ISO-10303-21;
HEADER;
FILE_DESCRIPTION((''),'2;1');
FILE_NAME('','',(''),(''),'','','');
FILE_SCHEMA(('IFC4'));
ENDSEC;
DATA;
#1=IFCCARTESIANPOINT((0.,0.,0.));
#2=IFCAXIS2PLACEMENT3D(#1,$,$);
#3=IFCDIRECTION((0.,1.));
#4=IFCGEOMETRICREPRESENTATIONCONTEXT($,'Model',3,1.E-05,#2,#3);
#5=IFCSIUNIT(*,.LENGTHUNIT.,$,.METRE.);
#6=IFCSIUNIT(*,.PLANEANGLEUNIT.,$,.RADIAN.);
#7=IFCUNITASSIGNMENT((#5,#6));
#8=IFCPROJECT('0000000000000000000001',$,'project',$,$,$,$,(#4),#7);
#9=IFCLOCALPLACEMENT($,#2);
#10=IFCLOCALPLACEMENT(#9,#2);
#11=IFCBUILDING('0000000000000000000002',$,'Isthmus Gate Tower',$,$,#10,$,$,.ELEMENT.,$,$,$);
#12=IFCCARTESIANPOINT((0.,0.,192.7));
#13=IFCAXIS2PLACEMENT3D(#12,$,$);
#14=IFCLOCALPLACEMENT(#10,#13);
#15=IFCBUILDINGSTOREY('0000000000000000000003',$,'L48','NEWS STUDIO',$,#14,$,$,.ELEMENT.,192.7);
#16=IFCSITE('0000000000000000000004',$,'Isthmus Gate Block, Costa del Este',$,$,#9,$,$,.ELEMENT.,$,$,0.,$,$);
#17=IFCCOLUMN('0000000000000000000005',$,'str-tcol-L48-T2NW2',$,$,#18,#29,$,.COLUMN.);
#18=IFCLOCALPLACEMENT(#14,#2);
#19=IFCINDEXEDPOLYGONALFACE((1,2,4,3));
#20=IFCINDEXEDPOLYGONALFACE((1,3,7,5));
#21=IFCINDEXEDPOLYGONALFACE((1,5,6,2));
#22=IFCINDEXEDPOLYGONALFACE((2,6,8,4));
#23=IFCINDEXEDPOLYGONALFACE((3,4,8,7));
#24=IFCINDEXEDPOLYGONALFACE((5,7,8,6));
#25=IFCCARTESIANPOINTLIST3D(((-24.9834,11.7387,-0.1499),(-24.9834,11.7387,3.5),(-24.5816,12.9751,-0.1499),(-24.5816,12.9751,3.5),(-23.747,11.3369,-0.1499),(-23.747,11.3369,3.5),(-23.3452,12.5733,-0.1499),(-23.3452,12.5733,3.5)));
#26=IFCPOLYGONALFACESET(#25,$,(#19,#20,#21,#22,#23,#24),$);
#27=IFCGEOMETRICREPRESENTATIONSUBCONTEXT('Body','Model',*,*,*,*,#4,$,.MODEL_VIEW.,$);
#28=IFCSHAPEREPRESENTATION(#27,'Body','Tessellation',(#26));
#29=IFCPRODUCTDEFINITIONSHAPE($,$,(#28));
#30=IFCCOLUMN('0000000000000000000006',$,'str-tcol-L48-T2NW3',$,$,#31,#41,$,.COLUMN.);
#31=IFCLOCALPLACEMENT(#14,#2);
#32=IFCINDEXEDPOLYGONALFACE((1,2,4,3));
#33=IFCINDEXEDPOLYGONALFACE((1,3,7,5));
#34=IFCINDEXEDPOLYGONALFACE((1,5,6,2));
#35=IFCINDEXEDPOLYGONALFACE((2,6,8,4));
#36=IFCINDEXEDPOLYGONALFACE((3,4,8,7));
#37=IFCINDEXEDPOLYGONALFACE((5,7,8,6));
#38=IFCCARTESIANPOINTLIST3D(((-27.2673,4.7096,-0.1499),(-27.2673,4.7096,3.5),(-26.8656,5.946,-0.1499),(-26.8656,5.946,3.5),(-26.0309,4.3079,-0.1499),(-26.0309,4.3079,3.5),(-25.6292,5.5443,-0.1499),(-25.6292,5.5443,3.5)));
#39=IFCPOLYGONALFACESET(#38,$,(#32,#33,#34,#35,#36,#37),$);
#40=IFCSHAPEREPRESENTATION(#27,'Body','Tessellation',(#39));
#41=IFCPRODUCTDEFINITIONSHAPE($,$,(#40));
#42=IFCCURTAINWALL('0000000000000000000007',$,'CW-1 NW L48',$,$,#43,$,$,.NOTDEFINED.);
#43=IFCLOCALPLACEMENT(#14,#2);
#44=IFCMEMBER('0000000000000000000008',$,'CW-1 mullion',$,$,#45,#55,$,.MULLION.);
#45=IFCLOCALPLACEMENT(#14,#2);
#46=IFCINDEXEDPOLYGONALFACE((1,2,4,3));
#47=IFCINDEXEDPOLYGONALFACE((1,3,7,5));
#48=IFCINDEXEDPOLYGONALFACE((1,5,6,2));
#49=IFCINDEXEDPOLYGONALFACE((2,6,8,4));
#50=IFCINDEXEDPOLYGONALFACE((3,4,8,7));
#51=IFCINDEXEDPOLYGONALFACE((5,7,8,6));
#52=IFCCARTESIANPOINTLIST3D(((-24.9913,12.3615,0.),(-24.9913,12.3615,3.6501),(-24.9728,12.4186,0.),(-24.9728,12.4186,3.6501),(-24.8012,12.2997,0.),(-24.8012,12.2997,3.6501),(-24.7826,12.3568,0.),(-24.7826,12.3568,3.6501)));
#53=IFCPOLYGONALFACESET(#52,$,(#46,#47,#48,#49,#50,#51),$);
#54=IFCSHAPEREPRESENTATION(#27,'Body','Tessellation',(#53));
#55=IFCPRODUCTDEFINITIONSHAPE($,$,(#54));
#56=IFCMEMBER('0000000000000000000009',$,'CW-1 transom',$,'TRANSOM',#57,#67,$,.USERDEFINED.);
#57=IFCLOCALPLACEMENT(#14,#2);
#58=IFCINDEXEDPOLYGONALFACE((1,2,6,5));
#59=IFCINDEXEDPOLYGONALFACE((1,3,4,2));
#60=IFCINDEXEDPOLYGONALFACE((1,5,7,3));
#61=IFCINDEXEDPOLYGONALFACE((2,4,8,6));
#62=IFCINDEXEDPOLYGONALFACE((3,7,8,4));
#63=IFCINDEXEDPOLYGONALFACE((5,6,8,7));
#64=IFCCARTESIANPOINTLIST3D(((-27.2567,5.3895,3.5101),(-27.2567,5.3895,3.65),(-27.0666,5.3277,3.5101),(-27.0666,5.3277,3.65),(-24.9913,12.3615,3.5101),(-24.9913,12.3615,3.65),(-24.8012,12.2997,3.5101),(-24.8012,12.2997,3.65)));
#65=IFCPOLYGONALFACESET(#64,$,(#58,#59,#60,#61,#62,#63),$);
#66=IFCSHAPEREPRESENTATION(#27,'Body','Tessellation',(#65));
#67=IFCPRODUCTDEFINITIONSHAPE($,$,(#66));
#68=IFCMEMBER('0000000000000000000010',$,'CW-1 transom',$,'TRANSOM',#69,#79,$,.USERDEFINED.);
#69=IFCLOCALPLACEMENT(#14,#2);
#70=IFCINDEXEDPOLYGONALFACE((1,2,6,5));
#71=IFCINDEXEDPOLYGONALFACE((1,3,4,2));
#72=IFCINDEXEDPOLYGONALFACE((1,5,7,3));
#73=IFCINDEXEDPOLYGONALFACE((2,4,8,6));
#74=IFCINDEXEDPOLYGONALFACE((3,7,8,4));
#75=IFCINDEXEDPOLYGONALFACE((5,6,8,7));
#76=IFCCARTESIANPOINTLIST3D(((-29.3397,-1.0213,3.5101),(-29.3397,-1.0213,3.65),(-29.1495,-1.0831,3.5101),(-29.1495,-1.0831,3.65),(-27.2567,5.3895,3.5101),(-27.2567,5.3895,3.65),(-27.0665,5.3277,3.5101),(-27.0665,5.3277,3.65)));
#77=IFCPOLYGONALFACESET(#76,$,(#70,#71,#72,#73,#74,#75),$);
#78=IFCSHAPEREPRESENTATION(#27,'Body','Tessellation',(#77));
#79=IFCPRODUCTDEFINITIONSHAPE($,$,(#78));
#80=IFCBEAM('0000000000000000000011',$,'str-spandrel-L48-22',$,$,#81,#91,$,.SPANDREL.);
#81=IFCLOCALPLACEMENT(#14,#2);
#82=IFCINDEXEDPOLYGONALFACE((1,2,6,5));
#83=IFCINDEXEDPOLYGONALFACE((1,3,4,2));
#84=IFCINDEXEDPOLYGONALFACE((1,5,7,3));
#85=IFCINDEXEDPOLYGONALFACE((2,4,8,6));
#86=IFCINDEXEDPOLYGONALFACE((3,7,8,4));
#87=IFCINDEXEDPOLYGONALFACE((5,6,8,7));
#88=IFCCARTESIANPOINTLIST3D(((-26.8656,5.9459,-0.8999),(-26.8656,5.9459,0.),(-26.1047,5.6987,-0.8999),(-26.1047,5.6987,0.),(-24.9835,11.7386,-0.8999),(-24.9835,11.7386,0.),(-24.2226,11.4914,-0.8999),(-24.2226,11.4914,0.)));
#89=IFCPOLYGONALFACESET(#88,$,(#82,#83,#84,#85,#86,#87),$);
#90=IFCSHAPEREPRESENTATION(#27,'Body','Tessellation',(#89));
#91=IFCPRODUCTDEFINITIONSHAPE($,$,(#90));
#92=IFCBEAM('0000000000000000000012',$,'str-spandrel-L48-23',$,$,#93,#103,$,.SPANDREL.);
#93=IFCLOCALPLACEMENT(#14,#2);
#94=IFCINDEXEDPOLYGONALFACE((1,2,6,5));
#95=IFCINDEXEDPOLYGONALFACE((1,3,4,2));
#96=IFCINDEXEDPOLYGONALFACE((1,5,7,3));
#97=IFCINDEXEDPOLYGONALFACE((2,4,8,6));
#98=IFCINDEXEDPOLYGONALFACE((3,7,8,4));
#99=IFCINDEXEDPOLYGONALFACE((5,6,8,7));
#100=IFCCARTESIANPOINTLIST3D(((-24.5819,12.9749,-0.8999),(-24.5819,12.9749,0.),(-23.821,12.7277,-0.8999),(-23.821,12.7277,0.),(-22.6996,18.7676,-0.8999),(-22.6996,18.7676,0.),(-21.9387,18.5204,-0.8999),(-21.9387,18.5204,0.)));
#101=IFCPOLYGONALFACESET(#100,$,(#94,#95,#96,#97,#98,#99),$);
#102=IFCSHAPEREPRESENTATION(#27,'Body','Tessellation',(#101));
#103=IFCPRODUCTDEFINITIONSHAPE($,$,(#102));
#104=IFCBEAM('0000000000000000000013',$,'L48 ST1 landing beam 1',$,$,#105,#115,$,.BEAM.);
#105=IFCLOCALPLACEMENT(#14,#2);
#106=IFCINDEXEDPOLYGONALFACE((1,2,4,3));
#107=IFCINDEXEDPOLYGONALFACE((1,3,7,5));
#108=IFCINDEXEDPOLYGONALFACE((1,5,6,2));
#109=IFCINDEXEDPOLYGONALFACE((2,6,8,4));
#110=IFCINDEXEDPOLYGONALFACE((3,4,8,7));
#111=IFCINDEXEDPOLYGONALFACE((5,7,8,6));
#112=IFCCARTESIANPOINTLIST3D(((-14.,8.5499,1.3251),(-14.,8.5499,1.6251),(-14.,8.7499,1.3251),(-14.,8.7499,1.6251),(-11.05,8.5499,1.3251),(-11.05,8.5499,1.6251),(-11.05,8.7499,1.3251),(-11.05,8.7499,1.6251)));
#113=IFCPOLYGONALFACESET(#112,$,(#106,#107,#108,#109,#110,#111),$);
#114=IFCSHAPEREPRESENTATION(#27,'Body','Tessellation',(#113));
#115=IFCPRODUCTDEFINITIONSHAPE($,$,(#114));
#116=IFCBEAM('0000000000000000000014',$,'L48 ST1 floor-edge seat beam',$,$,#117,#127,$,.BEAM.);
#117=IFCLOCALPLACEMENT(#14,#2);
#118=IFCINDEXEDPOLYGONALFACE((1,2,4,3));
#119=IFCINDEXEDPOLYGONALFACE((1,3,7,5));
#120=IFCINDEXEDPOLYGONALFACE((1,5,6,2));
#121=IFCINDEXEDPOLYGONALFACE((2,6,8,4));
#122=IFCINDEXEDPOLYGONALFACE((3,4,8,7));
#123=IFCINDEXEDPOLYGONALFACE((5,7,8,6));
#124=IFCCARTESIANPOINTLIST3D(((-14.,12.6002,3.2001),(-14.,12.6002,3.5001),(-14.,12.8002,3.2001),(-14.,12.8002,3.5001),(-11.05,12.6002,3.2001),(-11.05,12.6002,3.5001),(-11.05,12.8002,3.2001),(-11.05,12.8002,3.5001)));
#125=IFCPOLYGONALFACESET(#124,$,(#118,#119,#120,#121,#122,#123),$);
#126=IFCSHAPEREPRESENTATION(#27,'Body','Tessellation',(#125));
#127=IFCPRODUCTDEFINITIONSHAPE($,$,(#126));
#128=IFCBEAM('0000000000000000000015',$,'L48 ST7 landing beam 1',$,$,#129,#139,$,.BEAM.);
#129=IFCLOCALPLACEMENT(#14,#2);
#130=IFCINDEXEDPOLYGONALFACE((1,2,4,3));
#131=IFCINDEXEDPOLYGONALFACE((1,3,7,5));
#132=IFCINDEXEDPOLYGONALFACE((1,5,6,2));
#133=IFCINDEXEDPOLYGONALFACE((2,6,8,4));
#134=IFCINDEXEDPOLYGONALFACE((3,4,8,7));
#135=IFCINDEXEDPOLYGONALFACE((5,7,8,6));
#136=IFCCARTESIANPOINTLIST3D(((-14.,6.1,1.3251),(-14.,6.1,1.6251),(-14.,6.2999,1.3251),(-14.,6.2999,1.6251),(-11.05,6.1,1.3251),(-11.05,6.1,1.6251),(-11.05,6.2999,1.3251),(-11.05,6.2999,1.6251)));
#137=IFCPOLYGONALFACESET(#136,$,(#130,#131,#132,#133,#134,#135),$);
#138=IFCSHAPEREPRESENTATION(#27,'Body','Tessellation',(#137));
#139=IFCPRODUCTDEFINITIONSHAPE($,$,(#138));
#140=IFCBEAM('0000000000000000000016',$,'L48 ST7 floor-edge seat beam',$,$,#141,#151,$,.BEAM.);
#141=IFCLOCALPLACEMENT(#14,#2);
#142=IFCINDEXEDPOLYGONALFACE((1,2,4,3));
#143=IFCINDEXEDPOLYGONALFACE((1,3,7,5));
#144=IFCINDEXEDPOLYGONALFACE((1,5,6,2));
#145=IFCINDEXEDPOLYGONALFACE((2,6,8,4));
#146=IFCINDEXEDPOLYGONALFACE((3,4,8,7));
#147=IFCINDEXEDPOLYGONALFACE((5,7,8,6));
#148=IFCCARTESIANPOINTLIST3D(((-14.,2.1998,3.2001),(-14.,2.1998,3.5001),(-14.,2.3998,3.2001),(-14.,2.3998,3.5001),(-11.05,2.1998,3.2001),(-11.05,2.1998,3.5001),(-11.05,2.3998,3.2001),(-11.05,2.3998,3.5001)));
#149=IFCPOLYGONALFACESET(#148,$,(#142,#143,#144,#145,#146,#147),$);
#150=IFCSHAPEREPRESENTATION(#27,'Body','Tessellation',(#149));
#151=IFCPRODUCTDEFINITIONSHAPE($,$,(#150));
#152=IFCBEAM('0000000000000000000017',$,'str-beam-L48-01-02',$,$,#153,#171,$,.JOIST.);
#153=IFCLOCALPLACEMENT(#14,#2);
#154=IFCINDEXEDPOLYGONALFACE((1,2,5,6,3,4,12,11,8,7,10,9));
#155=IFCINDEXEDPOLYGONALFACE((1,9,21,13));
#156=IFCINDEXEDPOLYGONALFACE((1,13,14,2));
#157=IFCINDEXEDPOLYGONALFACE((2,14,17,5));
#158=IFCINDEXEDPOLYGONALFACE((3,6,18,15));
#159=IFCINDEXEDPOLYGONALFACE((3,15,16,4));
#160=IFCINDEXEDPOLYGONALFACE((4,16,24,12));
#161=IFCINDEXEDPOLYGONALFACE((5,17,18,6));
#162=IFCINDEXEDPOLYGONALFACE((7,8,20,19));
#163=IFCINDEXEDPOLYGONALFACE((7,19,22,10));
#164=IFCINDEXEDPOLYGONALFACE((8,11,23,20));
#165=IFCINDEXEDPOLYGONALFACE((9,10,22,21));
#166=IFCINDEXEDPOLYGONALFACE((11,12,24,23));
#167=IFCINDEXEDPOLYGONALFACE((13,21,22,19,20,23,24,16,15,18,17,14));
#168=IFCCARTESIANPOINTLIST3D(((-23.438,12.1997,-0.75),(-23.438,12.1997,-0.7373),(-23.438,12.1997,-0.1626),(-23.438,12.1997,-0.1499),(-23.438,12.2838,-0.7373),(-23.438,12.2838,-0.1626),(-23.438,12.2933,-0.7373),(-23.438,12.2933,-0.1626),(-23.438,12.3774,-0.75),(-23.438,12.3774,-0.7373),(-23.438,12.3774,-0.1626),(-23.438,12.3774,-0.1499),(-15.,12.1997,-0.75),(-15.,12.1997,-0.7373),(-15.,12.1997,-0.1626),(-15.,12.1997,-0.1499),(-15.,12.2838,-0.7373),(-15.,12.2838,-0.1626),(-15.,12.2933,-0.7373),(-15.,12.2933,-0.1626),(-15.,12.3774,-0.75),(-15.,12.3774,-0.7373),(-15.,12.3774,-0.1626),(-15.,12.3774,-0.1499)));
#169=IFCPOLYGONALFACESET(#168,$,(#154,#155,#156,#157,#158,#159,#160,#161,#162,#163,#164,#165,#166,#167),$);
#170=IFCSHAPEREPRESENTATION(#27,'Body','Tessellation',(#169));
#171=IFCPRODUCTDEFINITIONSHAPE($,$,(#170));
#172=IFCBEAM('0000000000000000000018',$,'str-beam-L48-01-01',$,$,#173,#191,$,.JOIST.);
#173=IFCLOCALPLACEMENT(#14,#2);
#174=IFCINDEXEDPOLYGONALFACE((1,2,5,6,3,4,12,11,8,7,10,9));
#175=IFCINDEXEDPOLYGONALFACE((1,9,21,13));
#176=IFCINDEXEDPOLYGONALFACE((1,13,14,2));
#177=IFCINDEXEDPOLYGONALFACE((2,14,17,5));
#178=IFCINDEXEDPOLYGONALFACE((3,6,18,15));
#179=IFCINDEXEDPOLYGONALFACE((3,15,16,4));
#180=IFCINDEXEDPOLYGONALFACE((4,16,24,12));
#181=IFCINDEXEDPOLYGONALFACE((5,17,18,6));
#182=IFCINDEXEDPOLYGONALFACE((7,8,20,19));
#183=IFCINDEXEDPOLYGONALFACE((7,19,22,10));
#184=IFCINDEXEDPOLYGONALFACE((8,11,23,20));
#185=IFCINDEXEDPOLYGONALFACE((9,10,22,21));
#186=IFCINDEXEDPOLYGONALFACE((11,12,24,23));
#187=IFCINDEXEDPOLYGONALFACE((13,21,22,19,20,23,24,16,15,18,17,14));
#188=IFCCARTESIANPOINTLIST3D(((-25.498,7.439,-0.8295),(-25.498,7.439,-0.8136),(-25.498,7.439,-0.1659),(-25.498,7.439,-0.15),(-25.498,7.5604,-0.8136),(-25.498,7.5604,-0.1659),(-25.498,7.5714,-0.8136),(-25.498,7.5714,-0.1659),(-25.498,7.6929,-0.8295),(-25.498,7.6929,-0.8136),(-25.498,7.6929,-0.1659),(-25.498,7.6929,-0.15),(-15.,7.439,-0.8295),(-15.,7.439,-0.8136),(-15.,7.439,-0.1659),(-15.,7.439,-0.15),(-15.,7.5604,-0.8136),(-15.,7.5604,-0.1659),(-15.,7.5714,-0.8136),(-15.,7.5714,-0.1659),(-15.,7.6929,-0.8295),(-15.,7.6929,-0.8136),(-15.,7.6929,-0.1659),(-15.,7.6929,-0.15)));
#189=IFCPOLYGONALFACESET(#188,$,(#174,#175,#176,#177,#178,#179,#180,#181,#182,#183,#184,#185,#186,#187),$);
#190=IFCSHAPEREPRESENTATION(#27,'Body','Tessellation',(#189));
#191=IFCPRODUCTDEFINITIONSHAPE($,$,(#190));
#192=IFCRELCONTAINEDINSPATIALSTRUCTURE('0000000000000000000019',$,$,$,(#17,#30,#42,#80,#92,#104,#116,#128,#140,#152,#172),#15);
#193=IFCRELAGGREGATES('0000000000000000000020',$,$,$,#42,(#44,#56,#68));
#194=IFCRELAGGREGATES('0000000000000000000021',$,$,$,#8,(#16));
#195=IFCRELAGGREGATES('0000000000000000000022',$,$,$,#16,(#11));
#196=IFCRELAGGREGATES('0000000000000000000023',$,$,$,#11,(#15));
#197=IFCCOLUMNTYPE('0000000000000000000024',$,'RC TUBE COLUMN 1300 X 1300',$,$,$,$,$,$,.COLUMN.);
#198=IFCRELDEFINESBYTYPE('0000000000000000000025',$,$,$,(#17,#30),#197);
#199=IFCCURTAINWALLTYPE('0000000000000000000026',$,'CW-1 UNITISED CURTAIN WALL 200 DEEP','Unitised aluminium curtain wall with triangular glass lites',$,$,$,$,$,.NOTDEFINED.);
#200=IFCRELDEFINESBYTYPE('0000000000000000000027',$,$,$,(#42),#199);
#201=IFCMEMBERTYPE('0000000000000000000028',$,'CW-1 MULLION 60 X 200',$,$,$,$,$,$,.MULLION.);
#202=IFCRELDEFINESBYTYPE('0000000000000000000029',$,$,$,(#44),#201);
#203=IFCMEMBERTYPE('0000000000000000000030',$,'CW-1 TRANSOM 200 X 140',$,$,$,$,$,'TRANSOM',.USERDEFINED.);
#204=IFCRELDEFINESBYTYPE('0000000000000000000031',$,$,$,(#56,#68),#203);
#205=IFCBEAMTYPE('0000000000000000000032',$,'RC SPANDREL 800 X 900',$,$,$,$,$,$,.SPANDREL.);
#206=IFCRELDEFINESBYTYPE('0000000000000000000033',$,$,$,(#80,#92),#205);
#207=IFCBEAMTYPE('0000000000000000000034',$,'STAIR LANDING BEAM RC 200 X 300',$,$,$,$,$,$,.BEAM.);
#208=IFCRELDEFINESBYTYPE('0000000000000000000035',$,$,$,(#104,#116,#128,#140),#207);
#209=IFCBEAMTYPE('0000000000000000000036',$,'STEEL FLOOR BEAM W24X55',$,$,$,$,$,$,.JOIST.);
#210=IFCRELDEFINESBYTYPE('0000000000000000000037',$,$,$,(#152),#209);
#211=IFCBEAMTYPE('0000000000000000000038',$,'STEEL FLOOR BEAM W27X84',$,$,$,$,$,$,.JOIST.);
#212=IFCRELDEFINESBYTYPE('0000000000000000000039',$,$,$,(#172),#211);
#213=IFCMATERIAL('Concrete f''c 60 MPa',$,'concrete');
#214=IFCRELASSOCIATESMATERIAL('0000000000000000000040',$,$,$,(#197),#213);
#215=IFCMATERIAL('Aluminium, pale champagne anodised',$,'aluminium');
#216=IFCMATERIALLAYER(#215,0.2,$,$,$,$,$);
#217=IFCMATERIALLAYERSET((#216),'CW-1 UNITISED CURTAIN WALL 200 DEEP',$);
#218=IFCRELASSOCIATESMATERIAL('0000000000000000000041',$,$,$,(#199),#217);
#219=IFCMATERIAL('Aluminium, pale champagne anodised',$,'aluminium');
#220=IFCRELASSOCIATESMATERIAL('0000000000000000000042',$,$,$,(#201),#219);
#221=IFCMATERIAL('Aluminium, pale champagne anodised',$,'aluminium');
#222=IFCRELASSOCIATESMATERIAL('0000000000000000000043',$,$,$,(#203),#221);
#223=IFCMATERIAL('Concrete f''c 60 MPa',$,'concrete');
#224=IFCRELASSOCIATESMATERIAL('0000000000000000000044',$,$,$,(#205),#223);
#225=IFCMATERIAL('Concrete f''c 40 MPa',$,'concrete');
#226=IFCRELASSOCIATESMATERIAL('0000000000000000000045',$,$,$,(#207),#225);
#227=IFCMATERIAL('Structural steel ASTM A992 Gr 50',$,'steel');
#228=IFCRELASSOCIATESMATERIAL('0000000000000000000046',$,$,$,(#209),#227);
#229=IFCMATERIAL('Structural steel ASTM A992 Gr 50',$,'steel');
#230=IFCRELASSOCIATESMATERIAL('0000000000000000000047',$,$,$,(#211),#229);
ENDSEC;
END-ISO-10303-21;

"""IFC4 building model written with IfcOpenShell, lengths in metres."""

from ifc_helpers import new_model, si_unit, direction, frame, origin, origin_2d, place, context, subcontext, project, spatial, rectangle, i_section, extrude, material, layer, layer_set, material_profile, profile_set, type_object, element, aggregate, save


model = new_model("IFC4")

# Units and contexts
model_context = context("Model", 3, precision=1e-05, world=origin(), true_north=direction((0.0, 1.0)))
body_context = subcontext(model_context, "Body", "Model", "MODEL_VIEW")
ifc_project = project(units=[si_unit("LENGTHUNIT", "METRE"), si_unit("PLANEANGLEUNIT", "RADIAN")], contexts=[model_context])

# Site, building, storey
site_placement = place(None, origin())
site = spatial("IfcSite", under=ifc_project, at=site_placement, Name="Isthmus Gate Block, Costa del Este", CompositionType="ELEMENT", RefElevation=0.0)
building_placement = place(site_placement, origin())
building = spatial("IfcBuilding", under=site, at=building_placement, Name="Isthmus Gate Tower", CompositionType="ELEMENT")
storey_placement = place(building_placement, frame((0.0, 0.0, 192.7)))
storey = spatial("IfcBuildingStorey", under=building, at=storey_placement, Name="L48", Description="NEWS STUDIO", CompositionType="ELEMENT", Elevation=192.7)

# Columns
ifc_material_1 = material(Name="Concrete f'c 60 MPa", Category="concrete")
ifc_material_profile_1 = material_profile(ifc_material_1, rectangle(XDim=1.3, YDim=1.3, at=origin_2d()), Name="RC 1300X1300")
ifc_profile_set_1 = profile_set([ifc_material_profile_1], Name="Concrete f'c 60 MPa")
column_type = type_object("IfcColumnType", Name="RC TUBE COLUMN 1300 X 1300", PredefinedType="COLUMN", material=ifc_profile_set_1)
for number, where, z_axis, x_axis, name in (
    (1, (-24.1643, 12.156, -0.1499), (0.0, 0.0, 1.0), (-0.309017, -0.951057, 0.0), "str-tcol-L48-T2NW2"),
    (2, (-26.4482, 5.127, -0.1499), (0.0, 0.0, 1.0), (-0.309017, -0.951057, 0.0), "str-tcol-L48-T2NW3"),
):
    element("IfcColumn", number, at=place(storey_placement, frame(where, z_axis=z_axis, x_axis=x_axis)), inside=storey, type_object=column_type, Name=name, PredefinedType="COLUMN", context=body_context, shape_type="SweptSolid", body=[
        extrude(rectangle(XDim=1.3, YDim=1.3, at=origin_2d()), origin(), (0.0, 0.0, 1.0), 3.6499),
    ])

# Curtain wall, members
ifc_material_2 = material(Name="Aluminium, pale champagne anodised", Category="aluminium")
ifc_layer_1 = layer(ifc_material_2, 0.2)
ifc_layer_set_1 = layer_set([ifc_layer_1], Name="CW-1 UNITISED CURTAIN WALL 200 DEEP")
curtain_wall_type = type_object("IfcCurtainWallType", Name="CW-1 UNITISED CURTAIN WALL 200 DEEP", Description="Unitised aluminium curtain wall with triangular glass lites", PredefinedType="NOTDEFINED", material=ifc_layer_set_1)
curtain_wall_placement = place(storey_placement, origin())
curtain_wall = element("IfcCurtainWall", 3, at=curtain_wall_placement, inside=storey, type_object=curtain_wall_type, Name="CW-1 NW L48", PredefinedType="NOTDEFINED")
ifc_material_3 = material(Name="Aluminium, pale champagne anodised", Category="aluminium")
ifc_material_profile_2 = material_profile(ifc_material_3, rectangle(XDim=0.0601, YDim=0.2, at=origin_2d()), Name="60x200")
ifc_profile_set_2 = profile_set([ifc_material_profile_2], Name="Aluminium, pale champagne anodised")
member_type_1 = type_object("IfcMemberType", Name="CW-1 MULLION 60 X 200", PredefinedType="MULLION", material=ifc_profile_set_2)
member_1_placement = place(storey_placement, frame((-24.887, 12.3591, 0.0), z_axis=(0.0, 0.0, 1.0), x_axis=(-0.309017, -0.951057, 0.0)))
member_1 = element("IfcMember", 4, at=member_1_placement, type_object=member_type_1, Name="CW-1 mullion", PredefinedType="MULLION", context=body_context, shape_type="SweptSolid", body=[
    extrude(rectangle(XDim=0.0601, YDim=0.2, at=origin_2d()), origin(), (0.0, 0.0, 1.0), 3.6501),
])
ifc_material_4 = material(Name="Aluminium, pale champagne anodised", Category="aluminium")
ifc_material_profile_3 = material_profile(ifc_material_4, rectangle(XDim=0.2, YDim=0.1399, at=origin_2d()), Name="200x140")
ifc_profile_set_3 = profile_set([ifc_material_profile_3], Name="Aluminium, pale champagne anodised")
member_type_2 = type_object("IfcMemberType", Name="CW-1 TRANSOM 200 X 140", ElementType="TRANSOM", PredefinedType="USERDEFINED", material=ifc_profile_set_3)
member_2_placement = place(storey_placement, frame((-24.8962, 12.3306, 3.5801), z_axis=(-0.309025, -0.951054, 0.0), x_axis=(0.951054, -0.309025, 0.0)))
member_2 = element("IfcMember", 5, at=member_2_placement, type_object=member_type_2, Name="CW-1 transom", ObjectType="TRANSOM", PredefinedType="USERDEFINED", context=body_context, shape_type="SweptSolid", body=[
    extrude(rectangle(XDim=0.2, YDim=0.1399, at=origin_2d()), origin(), (0.0, 0.0, 1.0), 7.3308),
])
member_3_placement = place(storey_placement, frame((-27.1616, 5.3586, 3.5801), z_axis=(-0.309015, -0.951057, 0.0), x_axis=(0.951057, -0.309015, 0.0)))
member_3 = element("IfcMember", 6, at=member_3_placement, type_object=member_type_2, Name="CW-1 transom", ObjectType="TRANSOM", PredefinedType="USERDEFINED", context=body_context, shape_type="SweptSolid", body=[
    extrude(rectangle(XDim=0.2, YDim=0.1399, at=origin_2d()), origin(), (0.0, 0.0, 1.0), 6.7407),
])

# Beams
ifc_material_5 = material(Name="Concrete f'c 60 MPa", Category="concrete")
ifc_material_profile_4 = material_profile(ifc_material_5, rectangle(XDim=0.8, YDim=0.8999, at=origin_2d()), Name="RC 800X900")
ifc_profile_set_4 = profile_set([ifc_material_profile_4], Name="Concrete f'c 60 MPa")
beam_type_1 = type_object("IfcBeamType", Name="RC SPANDREL 800 X 900", PredefinedType="SPANDREL", material=ifc_profile_set_4)
for number, where, z_axis, x_axis, name in (
    (7, (-26.4851, 5.8223, -0.45), (0.309004, 0.951061, 0.0), (-0.951061, 0.309004, 0.0), "str-spandrel-L48-22"),
    (8, (-24.2014, 12.8513, -0.45), (0.30904, 0.951049, 0.0), (-0.951049, 0.30904, 0.0), "str-spandrel-L48-23"),
):
    element("IfcBeam", number, at=place(storey_placement, frame(where, z_axis=z_axis, x_axis=x_axis)), inside=storey, type_object=beam_type_1, Name=name, PredefinedType="SPANDREL", context=body_context, shape_type="SweptSolid", body=[
        extrude(rectangle(XDim=0.8, YDim=0.8999, at=origin_2d()), origin(), (0.0, 0.0, 1.0), 6.0908),
    ])
ifc_material_6 = material(Name="Concrete f'c 40 MPa", Category="concrete")
ifc_material_profile_5 = material_profile(ifc_material_6, rectangle(XDim=0.2, YDim=0.3, at=origin_2d()), Name="STAIR LANDING BEAM RC 200 X 300")
ifc_profile_set_5 = profile_set([ifc_material_profile_5], Name="Concrete f'c 40 MPa")
beam_type_2 = type_object("IfcBeamType", Name="STAIR LANDING BEAM RC 200 X 300", PredefinedType="BEAM", material=ifc_profile_set_5)
for number, where, z_axis, x_axis, name in (
    (9, (-14.0, 8.6499, 1.4751), (1.0, 0.0, 0.0), (0.0, 1.0, 0.0), "L48 ST1 landing beam 1"),
    (10, (-14.0, 12.7002, 3.3501), (1.0, 0.0, 0.0), (0.0, 1.0, 0.0), "L48 ST1 floor-edge seat beam"),
    (11, (-14.0, 6.2, 1.4751), (1.0, 0.0, 0.0), (0.0, 1.0, 0.0), "L48 ST7 landing beam 1"),
    (12, (-14.0, 2.2998, 3.3501), (1.0, 0.0, 0.0), (0.0, 1.0, 0.0), "L48 ST7 floor-edge seat beam"),
):
    element("IfcBeam", number, at=place(storey_placement, frame(where, z_axis=z_axis, x_axis=x_axis)), inside=storey, type_object=beam_type_2, Name=name, PredefinedType="BEAM", context=body_context, shape_type="SweptSolid", body=[
        extrude(rectangle(XDim=0.2, YDim=0.3, at=origin_2d()), origin(), (0.0, 0.0, 1.0), 2.95),
    ])
ifc_material_7 = material(Name="Structural steel ASTM A992 Gr 50", Category="steel")
ifc_material_profile_6 = material_profile(ifc_material_7, i_section(OverallWidth=0.1777, OverallDepth=0.6001, WebThickness=0.0095, FlangeThickness=0.0127, at=origin_2d()), Name="W24X55")
ifc_profile_set_6 = profile_set([ifc_material_profile_6], Name="Structural steel ASTM A992 Gr 50")
beam_type_3 = type_object("IfcBeamType", Name="STEEL FLOOR BEAM W24X55", PredefinedType="JOIST", material=ifc_profile_set_6)
beam_1_placement = place(storey_placement, frame((-23.438, 12.2886, -0.45), z_axis=(1.0, 0.0, 0.0), x_axis=(0.0, 1.0, 0.0)))
element("IfcBeam", 13, at=beam_1_placement, inside=storey, type_object=beam_type_3, Name="str-beam-L48-01-02", PredefinedType="JOIST", context=body_context, shape_type="SweptSolid", body=[
    extrude(i_section(OverallWidth=0.1777, OverallDepth=0.6001, WebThickness=0.0095, FlangeThickness=0.0127, at=origin_2d()), origin(), (0.0, 0.0, 1.0), 8.438),
])
ifc_material_8 = material(Name="Structural steel ASTM A992 Gr 50", Category="steel")
ifc_material_profile_7 = material_profile(ifc_material_8, i_section(OverallWidth=0.2539, OverallDepth=0.6794, WebThickness=0.011, FlangeThickness=0.0159, at=origin_2d()), Name="W27X84")
ifc_profile_set_7 = profile_set([ifc_material_profile_7], Name="Structural steel ASTM A992 Gr 50")
beam_type_4 = type_object("IfcBeamType", Name="STEEL FLOOR BEAM W27X84", PredefinedType="JOIST", material=ifc_profile_set_7)
beam_2_placement = place(storey_placement, frame((-25.498, 7.5659, -0.4897), z_axis=(1.0, 0.0, 0.0), x_axis=(0.0, 1.0, 0.0)))
element("IfcBeam", 14, at=beam_2_placement, inside=storey, type_object=beam_type_4, Name="str-beam-L48-01-01", PredefinedType="JOIST", context=body_context, shape_type="SweptSolid", body=[
    extrude(i_section(OverallWidth=0.2539, OverallDepth=0.6794, WebThickness=0.011, FlangeThickness=0.0159, at=origin_2d()), origin(), (0.0, 0.0, 1.0), 10.498),
])

aggregate(curtain_wall, [member_1, member_2, member_3])

save(model, "model.ifc")
